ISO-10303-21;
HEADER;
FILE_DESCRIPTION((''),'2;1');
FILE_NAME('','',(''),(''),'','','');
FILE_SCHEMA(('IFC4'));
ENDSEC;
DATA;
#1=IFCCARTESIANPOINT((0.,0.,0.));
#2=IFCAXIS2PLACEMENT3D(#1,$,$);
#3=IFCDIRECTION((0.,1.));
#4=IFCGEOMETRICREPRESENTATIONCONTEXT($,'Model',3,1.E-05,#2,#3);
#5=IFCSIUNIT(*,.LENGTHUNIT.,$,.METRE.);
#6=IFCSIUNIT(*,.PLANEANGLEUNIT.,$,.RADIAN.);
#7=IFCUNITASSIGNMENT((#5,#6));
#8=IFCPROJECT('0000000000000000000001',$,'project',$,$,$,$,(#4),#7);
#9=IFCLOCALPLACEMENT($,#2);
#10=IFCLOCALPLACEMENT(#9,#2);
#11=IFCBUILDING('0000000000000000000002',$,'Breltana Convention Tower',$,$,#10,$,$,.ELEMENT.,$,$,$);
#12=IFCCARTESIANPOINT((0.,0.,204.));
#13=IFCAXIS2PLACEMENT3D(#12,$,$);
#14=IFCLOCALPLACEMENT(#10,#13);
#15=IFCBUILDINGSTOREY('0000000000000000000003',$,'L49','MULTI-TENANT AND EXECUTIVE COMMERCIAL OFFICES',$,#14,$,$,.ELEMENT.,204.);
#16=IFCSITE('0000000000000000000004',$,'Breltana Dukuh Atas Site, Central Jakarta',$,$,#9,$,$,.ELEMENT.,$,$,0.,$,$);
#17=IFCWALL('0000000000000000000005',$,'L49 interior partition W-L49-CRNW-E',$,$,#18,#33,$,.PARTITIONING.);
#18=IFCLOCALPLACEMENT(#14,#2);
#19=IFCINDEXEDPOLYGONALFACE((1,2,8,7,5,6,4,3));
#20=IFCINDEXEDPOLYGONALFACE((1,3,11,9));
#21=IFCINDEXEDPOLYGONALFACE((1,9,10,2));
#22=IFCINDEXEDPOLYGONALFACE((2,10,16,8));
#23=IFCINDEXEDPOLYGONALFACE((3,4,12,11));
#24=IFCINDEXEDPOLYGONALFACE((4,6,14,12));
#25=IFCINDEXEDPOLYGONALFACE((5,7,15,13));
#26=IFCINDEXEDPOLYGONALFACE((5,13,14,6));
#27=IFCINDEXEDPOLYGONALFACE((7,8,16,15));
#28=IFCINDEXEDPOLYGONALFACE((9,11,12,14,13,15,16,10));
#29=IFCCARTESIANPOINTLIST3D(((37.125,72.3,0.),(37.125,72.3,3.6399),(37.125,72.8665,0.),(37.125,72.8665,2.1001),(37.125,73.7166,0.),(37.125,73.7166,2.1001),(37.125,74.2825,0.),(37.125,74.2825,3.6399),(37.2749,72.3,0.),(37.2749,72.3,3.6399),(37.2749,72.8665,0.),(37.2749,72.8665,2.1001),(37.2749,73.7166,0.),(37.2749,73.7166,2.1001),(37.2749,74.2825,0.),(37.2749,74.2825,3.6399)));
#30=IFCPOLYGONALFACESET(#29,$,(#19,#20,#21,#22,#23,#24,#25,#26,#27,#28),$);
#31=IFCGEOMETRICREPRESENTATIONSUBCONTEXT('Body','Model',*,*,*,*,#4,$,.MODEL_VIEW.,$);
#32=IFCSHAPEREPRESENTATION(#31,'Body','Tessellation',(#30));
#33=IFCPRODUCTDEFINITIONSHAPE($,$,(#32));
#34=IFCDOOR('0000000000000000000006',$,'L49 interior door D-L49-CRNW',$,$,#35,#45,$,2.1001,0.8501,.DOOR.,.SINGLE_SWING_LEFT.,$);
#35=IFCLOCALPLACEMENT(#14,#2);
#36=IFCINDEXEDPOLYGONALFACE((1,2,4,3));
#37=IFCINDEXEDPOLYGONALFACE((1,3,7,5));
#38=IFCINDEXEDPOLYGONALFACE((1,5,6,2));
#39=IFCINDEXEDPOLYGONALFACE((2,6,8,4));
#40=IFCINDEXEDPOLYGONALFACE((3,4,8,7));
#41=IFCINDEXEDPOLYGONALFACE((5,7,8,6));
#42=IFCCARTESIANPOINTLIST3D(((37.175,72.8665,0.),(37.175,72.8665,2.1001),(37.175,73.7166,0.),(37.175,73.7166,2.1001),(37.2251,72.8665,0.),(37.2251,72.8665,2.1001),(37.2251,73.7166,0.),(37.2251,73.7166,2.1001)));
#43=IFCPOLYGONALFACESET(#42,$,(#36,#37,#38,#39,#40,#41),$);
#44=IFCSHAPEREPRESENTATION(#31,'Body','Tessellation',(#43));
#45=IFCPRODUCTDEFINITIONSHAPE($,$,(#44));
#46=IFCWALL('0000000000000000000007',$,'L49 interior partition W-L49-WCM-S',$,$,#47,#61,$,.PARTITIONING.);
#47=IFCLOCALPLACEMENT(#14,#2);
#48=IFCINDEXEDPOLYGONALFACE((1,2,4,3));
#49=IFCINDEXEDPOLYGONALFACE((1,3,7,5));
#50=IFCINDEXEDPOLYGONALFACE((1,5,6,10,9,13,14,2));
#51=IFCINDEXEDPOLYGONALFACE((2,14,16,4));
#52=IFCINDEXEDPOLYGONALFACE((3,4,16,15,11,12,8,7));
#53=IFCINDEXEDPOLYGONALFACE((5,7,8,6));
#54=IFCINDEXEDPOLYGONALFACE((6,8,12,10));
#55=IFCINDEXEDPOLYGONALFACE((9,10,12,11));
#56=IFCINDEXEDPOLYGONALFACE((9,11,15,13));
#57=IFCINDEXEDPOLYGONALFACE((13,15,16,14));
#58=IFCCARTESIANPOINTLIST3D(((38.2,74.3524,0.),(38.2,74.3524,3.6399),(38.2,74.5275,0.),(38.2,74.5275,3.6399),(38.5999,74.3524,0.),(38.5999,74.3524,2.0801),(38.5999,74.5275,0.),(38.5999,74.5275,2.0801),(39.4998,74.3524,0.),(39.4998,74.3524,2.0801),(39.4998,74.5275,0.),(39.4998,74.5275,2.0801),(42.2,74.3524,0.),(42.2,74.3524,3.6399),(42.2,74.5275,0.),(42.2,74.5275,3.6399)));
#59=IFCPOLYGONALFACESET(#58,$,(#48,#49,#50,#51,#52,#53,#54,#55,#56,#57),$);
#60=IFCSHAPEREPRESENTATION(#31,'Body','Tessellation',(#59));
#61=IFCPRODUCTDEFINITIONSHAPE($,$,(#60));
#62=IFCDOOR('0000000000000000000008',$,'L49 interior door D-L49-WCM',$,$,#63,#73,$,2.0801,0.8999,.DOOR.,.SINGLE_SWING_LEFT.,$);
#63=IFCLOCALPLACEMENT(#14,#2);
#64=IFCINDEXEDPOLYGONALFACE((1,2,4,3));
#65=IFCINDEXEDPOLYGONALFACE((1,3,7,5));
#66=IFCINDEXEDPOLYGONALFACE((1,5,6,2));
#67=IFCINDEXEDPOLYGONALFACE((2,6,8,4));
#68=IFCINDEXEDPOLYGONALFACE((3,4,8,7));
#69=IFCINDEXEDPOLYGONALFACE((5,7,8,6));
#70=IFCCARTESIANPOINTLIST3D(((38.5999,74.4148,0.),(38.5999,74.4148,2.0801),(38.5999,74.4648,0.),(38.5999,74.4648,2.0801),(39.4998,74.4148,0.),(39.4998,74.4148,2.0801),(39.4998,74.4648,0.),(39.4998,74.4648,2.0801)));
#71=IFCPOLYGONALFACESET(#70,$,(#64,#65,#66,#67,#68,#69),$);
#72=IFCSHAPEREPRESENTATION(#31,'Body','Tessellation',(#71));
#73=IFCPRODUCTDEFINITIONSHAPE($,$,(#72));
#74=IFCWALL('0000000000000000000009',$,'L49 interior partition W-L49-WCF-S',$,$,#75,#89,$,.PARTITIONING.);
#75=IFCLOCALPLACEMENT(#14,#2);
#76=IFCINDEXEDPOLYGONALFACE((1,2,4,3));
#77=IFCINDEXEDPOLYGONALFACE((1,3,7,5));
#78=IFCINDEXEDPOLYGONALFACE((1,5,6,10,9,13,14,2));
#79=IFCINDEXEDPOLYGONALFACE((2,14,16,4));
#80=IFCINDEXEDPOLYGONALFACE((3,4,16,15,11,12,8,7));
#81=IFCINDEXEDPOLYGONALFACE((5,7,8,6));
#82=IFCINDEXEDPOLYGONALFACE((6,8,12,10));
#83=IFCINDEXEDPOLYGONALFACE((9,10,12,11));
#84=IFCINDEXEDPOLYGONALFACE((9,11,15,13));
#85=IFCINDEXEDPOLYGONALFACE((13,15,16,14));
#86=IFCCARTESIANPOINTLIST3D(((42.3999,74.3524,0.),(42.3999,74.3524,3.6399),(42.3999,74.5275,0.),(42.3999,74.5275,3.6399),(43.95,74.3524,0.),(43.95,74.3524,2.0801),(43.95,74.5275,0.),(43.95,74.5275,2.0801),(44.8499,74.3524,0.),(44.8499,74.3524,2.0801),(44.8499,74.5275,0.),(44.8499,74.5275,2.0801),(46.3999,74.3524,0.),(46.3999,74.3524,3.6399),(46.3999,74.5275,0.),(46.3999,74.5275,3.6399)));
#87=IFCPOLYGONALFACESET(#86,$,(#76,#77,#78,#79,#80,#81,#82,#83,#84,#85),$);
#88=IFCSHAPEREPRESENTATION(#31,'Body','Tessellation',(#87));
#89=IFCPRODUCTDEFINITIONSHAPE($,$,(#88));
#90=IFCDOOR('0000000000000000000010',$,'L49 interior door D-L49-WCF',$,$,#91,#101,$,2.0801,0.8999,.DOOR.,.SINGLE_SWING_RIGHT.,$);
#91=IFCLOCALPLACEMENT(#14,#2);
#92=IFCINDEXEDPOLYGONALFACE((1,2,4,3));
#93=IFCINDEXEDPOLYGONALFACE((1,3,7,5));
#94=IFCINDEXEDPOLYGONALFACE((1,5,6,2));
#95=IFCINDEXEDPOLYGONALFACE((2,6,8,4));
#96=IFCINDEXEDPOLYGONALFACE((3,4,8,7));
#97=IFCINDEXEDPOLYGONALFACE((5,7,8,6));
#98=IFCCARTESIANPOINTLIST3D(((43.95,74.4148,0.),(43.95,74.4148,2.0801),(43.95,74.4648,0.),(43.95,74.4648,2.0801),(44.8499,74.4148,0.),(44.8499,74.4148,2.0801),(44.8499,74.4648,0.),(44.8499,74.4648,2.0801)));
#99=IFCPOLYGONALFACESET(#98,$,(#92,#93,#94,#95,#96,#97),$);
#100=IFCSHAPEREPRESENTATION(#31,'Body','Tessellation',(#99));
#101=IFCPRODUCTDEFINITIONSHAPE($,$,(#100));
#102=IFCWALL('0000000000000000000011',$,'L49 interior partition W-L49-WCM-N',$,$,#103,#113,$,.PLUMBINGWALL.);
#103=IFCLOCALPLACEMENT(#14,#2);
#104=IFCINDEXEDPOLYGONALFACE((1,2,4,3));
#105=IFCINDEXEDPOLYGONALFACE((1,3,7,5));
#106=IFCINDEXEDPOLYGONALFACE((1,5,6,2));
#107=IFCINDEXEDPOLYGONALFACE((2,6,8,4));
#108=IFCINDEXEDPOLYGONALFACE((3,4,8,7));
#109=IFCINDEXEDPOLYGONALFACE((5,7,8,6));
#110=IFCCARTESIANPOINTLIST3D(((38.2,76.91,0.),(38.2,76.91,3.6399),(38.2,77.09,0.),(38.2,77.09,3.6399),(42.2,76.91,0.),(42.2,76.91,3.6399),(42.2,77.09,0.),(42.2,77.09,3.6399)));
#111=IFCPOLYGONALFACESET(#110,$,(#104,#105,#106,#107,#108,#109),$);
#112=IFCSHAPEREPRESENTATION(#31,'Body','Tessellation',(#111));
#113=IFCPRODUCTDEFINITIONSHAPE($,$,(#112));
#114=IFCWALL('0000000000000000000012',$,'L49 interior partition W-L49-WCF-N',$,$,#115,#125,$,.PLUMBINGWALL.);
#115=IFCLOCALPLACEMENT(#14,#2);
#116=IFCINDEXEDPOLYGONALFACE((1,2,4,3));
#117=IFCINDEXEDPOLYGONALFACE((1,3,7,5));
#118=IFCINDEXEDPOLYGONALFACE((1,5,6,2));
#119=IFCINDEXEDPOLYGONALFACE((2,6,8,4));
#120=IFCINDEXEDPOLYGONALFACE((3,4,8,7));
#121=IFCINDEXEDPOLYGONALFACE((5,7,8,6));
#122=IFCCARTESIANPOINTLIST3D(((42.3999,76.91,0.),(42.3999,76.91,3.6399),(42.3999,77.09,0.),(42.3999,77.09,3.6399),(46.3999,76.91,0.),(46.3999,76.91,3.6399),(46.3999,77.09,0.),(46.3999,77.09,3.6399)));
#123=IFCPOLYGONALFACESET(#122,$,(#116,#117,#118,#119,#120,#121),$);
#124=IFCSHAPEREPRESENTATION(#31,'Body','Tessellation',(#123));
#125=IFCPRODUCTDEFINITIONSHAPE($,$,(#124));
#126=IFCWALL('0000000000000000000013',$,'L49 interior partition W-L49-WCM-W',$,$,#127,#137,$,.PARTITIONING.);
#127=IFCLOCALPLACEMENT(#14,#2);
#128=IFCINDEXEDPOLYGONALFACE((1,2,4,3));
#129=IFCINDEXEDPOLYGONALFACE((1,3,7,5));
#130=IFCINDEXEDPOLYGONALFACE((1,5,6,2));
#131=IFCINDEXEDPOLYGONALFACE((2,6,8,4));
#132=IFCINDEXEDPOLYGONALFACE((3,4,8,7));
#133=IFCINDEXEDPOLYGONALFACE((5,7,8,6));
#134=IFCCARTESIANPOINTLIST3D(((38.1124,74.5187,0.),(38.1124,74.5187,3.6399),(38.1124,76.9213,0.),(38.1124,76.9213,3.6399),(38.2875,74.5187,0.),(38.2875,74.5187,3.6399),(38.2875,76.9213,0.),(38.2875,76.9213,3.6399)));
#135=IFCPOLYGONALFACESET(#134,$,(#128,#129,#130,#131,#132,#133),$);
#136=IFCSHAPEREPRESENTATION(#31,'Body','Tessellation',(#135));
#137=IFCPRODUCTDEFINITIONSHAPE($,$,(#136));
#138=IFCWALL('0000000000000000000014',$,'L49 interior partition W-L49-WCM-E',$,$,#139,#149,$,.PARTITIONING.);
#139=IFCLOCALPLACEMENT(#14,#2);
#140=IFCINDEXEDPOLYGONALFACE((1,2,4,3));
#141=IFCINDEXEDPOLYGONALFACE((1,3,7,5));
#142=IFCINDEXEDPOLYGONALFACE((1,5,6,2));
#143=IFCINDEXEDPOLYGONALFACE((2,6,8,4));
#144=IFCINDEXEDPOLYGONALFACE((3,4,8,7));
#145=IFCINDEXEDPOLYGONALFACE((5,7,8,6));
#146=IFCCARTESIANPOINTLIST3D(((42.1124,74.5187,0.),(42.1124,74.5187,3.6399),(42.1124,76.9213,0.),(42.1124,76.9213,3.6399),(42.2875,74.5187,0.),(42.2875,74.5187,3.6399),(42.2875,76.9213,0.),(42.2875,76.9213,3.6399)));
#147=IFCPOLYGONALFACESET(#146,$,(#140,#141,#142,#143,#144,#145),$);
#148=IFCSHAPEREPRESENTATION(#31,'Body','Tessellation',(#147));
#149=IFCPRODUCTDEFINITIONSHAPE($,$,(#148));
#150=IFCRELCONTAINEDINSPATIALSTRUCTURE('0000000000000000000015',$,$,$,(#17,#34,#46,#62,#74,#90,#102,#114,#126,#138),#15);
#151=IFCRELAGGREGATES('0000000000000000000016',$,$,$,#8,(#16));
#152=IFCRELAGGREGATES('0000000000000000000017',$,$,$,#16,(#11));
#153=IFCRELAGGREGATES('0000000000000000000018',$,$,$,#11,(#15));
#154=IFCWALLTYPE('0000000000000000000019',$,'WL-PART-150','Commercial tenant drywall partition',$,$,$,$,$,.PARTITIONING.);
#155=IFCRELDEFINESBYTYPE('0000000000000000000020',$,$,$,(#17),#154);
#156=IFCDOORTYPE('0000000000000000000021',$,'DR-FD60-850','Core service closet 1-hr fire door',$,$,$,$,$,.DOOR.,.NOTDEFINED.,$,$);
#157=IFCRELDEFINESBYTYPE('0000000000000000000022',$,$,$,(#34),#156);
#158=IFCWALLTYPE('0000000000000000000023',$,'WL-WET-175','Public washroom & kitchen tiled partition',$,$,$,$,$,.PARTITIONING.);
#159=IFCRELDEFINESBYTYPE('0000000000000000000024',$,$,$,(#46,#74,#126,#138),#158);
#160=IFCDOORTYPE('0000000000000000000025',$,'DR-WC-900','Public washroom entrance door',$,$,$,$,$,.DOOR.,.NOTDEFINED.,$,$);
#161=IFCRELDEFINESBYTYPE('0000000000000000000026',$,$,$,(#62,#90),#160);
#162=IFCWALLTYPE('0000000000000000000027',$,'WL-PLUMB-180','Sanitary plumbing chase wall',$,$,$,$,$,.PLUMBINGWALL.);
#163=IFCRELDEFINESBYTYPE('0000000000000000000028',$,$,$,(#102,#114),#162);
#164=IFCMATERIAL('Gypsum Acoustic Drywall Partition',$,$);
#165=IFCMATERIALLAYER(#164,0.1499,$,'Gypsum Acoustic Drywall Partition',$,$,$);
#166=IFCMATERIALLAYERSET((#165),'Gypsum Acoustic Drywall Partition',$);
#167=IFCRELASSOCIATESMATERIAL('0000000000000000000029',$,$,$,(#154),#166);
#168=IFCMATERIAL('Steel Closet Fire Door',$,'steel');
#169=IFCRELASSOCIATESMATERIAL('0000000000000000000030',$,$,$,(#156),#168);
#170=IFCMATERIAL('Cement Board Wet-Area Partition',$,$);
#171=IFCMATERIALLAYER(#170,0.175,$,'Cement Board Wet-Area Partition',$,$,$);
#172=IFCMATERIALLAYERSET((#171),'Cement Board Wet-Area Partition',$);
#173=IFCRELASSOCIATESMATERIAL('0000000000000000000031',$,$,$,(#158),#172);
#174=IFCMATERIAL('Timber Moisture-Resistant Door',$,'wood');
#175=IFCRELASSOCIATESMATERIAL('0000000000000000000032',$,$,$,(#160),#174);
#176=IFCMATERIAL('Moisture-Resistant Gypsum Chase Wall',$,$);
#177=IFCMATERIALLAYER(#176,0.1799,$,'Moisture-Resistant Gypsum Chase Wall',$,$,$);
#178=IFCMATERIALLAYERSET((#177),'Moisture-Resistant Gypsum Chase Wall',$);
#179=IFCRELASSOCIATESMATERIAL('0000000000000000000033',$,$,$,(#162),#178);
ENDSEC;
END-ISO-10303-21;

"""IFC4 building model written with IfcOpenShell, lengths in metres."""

from ifc_helpers import new_model, si_unit, direction, frame, frame_2d, origin, place, context, subcontext, project, spatial, rectangle, extrude, source, transform, mapped, material, layer, layer_set, type_object, type_shapes, element, fill, save


model = new_model("IFC4")

# Units and contexts
model_context = context("Model", 3, precision=1e-05, world=origin(), true_north=direction((0.0, 1.0)))
body_context = subcontext(model_context, "Body", "Model", "MODEL_VIEW")
ifc_project = project(units=[si_unit("LENGTHUNIT", "METRE"), si_unit("PLANEANGLEUNIT", "RADIAN")], contexts=[model_context])

# Site, building, storey
site_placement = place(None, origin())
site = spatial("IfcSite", under=ifc_project, at=site_placement, Name="Breltana Dukuh Atas Site, Central Jakarta", CompositionType="ELEMENT", RefElevation=0.0)
building_placement = place(site_placement, origin())
building = spatial("IfcBuilding", under=site, at=building_placement, Name="Breltana Convention Tower", CompositionType="ELEMENT")
storey_placement = place(building_placement, frame((0.0, 0.0, 204.0)))
storey = spatial("IfcBuildingStorey", under=building, at=storey_placement, Name="L49", Description="MULTI-TENANT AND EXECUTIVE COMMERCIAL OFFICES", CompositionType="ELEMENT", Elevation=204.0)

# Walls, openings, doors
ifc_material_1 = material(Name="Gypsum Acoustic Drywall Partition")
ifc_layer_1 = layer(ifc_material_1, 0.1499, Name="Gypsum Acoustic Drywall Partition")
ifc_layer_set_1 = layer_set([ifc_layer_1], Name="Gypsum Acoustic Drywall Partition")
wall_type_1 = type_object("IfcWallType", Name="WL-PART-150", Description="Commercial tenant drywall partition", PredefinedType="PARTITIONING", material=ifc_layer_set_1)
shared_shape_1 = source(origin(), body_context, "Body", "SweptSolid", [
    extrude(rectangle(XDim=1.9824, YDim=0.1499, at=frame_2d((0.9912, 0.0))), origin(), (0.0, 0.0, 1.0), 3.6399),
])
wall_1_placement = place(storey_placement, frame((37.2, 72.3, 0.0), z_axis=(0.0, 0.0, 1.0), x_axis=(0.0, 1.0, 0.0)))
wall_1 = element("IfcWall", 1, at=wall_1_placement, inside=storey, type_object=wall_type_1, Name="L49 interior partition W-L49-CRNW-E", PredefinedType="PARTITIONING", context=body_context, shape_type="MappedRepresentation", body=[
    mapped(shared_shape_1, transform((0.0, 0.0, 0.0), scale=1.0)),
])
opening_1_placement = place(wall_1_placement, frame((0.5664, 0.0, 0.0)))
opening_1 = element("IfcOpeningElement", 2, at=opening_1_placement, cuts=wall_1, PredefinedType="OPENING", context=body_context, shape_type="SweptSolid", body=[
    extrude(rectangle(XDim=0.8501, YDim=2.1001, at=frame_2d((0.425, 1.05))), frame((0.0, 0.085, 0.0), z_axis=(0.0, -1.0, 0.0), x_axis=(1.0, 0.0, 0.0)), (0.0, 0.0, 1.0), 0.1699),
])
ifc_material_2 = material(Name="Steel Closet Fire Door", Category="steel")
door_type_1 = type_object("IfcDoorType", Name="DR-FD60-850", Description="Core service closet 1-hr fire door", OperationType="NOTDEFINED", PredefinedType="DOOR", material=ifc_material_2)
shared_shape_2 = source(origin(), body_context, "Body", "SweptSolid", [
    extrude(rectangle(XDim=0.8501, YDim=2.1001, at=frame_2d((0.425, 1.05))), frame((0.0, 0.0249, 0.0), z_axis=(0.0, -1.0, 0.0), x_axis=(1.0, 0.0, 0.0)), (0.0, 0.0, 1.0), 0.05),
])
type_shapes(door_type_1, [shared_shape_2])
door_1_placement = place(opening_1_placement, origin())
door_1 = element("IfcDoor", 3, at=door_1_placement, inside=storey, type_object=door_type_1, Name="L49 interior door D-L49-CRNW", OperationType="SINGLE_SWING_LEFT", OverallHeight=2.1001, OverallWidth=0.8501, PredefinedType="DOOR", context=body_context, shape_type="MappedRepresentation", body=[
    mapped(shared_shape_2, transform((0.0, 0.0, 0.0), scale=1.0)),
])
fill(opening_1, door_1)
ifc_material_3 = material(Name="Cement Board Wet-Area Partition")
ifc_layer_2 = layer(ifc_material_3, 0.175, Name="Cement Board Wet-Area Partition")
ifc_layer_set_2 = layer_set([ifc_layer_2], Name="Cement Board Wet-Area Partition")
wall_type_2 = type_object("IfcWallType", Name="WL-WET-175", Description="Public washroom & kitchen tiled partition", PredefinedType="PARTITIONING", material=ifc_layer_set_2)
shared_shape_3 = source(origin(), body_context, "Body", "SweptSolid", [
    extrude(rectangle(XDim=4.0, YDim=0.175, at=frame_2d((2.0, 0.0))), origin(), (0.0, 0.0, 1.0), 3.6399),
])
wall_2_placement = place(storey_placement, frame((38.2, 74.4399, 0.0), z_axis=(0.0, 0.0, 1.0), x_axis=(1.0, 0.0, 0.0)))
wall_2 = element("IfcWall", 4, at=wall_2_placement, inside=storey, type_object=wall_type_2, Name="L49 interior partition W-L49-WCM-S", PredefinedType="PARTITIONING", context=body_context, shape_type="MappedRepresentation", body=[
    mapped(shared_shape_3, transform((0.0, 0.0, 0.0), scale=1.0)),
])
opening_2_placement = place(wall_2_placement, frame((0.3999, 0.0, 0.0)))
opening_2 = element("IfcOpeningElement", 5, at=opening_2_placement, cuts=wall_2, PredefinedType="OPENING", context=body_context, shape_type="SweptSolid", body=[
    extrude(rectangle(XDim=0.8999, YDim=2.0801, at=frame_2d((0.45, 1.04))), frame((0.0, 0.0977, 0.0), z_axis=(0.0, -1.0, 0.0), x_axis=(1.0, 0.0, 0.0)), (0.0, 0.0, 1.0), 0.1951),
])
ifc_material_4 = material(Name="Timber Moisture-Resistant Door", Category="wood")
door_type_2 = type_object("IfcDoorType", Name="DR-WC-900", Description="Public washroom entrance door", OperationType="NOTDEFINED", PredefinedType="DOOR", material=ifc_material_4)
shared_shape_4 = source(origin(), body_context, "Body", "SweptSolid", [
    extrude(rectangle(XDim=0.8999, YDim=2.0801, at=frame_2d((0.45, 1.04))), frame((0.0, 0.0249, 0.0), z_axis=(0.0, -1.0, 0.0), x_axis=(1.0, 0.0, 0.0)), (0.0, 0.0, 1.0), 0.05),
])
type_shapes(door_type_2, [shared_shape_4])
door_2_placement = place(opening_2_placement, origin())
door_2 = element("IfcDoor", 6, at=door_2_placement, inside=storey, type_object=door_type_2, Name="L49 interior door D-L49-WCM", OperationType="SINGLE_SWING_LEFT", OverallHeight=2.0801, OverallWidth=0.8999, PredefinedType="DOOR", context=body_context, shape_type="MappedRepresentation", body=[
    mapped(shared_shape_4, transform((0.0, 0.0, 0.0), scale=1.0)),
])
fill(opening_2, door_2)
wall_3_placement = place(storey_placement, frame((42.3999, 74.4399, 0.0), z_axis=(0.0, 0.0, 1.0), x_axis=(1.0, 0.0, 0.0)))
wall_3 = element("IfcWall", 7, at=wall_3_placement, inside=storey, type_object=wall_type_2, Name="L49 interior partition W-L49-WCF-S", PredefinedType="PARTITIONING", context=body_context, shape_type="MappedRepresentation", body=[
    mapped(shared_shape_3, transform((0.0, 0.0, 0.0), scale=1.0)),
])
opening_3_placement = place(wall_3_placement, frame((1.55, 0.0, 0.0)))
opening_3 = element("IfcOpeningElement", 8, at=opening_3_placement, cuts=wall_3, PredefinedType="OPENING", context=body_context, shape_type="SweptSolid", body=[
    extrude(rectangle(XDim=0.8999, YDim=2.0801, at=frame_2d((0.45, 1.04))), frame((0.0, 0.0977, 0.0), z_axis=(0.0, -1.0, 0.0), x_axis=(1.0, 0.0, 0.0)), (0.0, 0.0, 1.0), 0.1951),
])
door_3_placement = place(opening_3_placement, origin())
door_3 = element("IfcDoor", 9, at=door_3_placement, inside=storey, type_object=door_type_2, Name="L49 interior door D-L49-WCF", OperationType="SINGLE_SWING_RIGHT", OverallHeight=2.0801, OverallWidth=0.8999, PredefinedType="DOOR", context=body_context, shape_type="MappedRepresentation", body=[
    mapped(shared_shape_4, transform((0.0, 0.0, 0.0), scale=1.0)),
])
fill(opening_3, door_3)

# Walls
ifc_material_5 = material(Name="Moisture-Resistant Gypsum Chase Wall")
ifc_layer_3 = layer(ifc_material_5, 0.1799, Name="Moisture-Resistant Gypsum Chase Wall")
ifc_layer_set_3 = layer_set([ifc_layer_3], Name="Moisture-Resistant Gypsum Chase Wall")
wall_type_3 = type_object("IfcWallType", Name="WL-PLUMB-180", Description="Sanitary plumbing chase wall", PredefinedType="PLUMBINGWALL", material=ifc_layer_set_3)
shared_shape_5 = source(origin(), body_context, "Body", "SweptSolid", [
    extrude(rectangle(XDim=4.0, YDim=0.1799, at=frame_2d((2.0, 0.0))), origin(), (0.0, 0.0, 1.0), 3.6399),
])
for number, where, z_axis, x_axis, name in (
    (10, (38.2, 77.0, 0.0), (0.0, 0.0, 1.0), (1.0, 0.0, 0.0), "L49 interior partition W-L49-WCM-N"),
    (11, (42.3999, 77.0, 0.0), (0.0, 0.0, 1.0), (1.0, 0.0, 0.0), "L49 interior partition W-L49-WCF-N"),
):
    element("IfcWall", number, at=place(storey_placement, frame(where, z_axis=z_axis, x_axis=x_axis)), inside=storey, type_object=wall_type_3, Name=name, PredefinedType="PLUMBINGWALL", context=body_context, shape_type="MappedRepresentation", body=[
        mapped(shared_shape_5, transform((0.0, 0.0, 0.0), scale=1.0)),
    ])
shared_shape_6 = source(origin(), body_context, "Body", "SweptSolid", [
    extrude(rectangle(XDim=2.4026, YDim=0.175, at=frame_2d((1.2012, 0.0))), origin(), (0.0, 0.0, 1.0), 3.6399),
])
for number, where, z_axis, x_axis, name in (
    (12, (38.2, 74.5188, 0.0), (0.0, 0.0, 1.0), (0.0, 1.0, 0.0), "L49 interior partition W-L49-WCM-W"),
    (13, (42.2, 74.5188, 0.0), (0.0, 0.0, 1.0), (0.0, 1.0, 0.0), "L49 interior partition W-L49-WCM-E"),
):
    element("IfcWall", number, at=place(storey_placement, frame(where, z_axis=z_axis, x_axis=x_axis)), inside=storey, type_object=wall_type_2, Name=name, PredefinedType="PARTITIONING", context=body_context, shape_type="MappedRepresentation", body=[
        mapped(shared_shape_6, transform((0.0, 0.0, 0.0), scale=1.0)),
    ])

save(model, "model.ifc")
